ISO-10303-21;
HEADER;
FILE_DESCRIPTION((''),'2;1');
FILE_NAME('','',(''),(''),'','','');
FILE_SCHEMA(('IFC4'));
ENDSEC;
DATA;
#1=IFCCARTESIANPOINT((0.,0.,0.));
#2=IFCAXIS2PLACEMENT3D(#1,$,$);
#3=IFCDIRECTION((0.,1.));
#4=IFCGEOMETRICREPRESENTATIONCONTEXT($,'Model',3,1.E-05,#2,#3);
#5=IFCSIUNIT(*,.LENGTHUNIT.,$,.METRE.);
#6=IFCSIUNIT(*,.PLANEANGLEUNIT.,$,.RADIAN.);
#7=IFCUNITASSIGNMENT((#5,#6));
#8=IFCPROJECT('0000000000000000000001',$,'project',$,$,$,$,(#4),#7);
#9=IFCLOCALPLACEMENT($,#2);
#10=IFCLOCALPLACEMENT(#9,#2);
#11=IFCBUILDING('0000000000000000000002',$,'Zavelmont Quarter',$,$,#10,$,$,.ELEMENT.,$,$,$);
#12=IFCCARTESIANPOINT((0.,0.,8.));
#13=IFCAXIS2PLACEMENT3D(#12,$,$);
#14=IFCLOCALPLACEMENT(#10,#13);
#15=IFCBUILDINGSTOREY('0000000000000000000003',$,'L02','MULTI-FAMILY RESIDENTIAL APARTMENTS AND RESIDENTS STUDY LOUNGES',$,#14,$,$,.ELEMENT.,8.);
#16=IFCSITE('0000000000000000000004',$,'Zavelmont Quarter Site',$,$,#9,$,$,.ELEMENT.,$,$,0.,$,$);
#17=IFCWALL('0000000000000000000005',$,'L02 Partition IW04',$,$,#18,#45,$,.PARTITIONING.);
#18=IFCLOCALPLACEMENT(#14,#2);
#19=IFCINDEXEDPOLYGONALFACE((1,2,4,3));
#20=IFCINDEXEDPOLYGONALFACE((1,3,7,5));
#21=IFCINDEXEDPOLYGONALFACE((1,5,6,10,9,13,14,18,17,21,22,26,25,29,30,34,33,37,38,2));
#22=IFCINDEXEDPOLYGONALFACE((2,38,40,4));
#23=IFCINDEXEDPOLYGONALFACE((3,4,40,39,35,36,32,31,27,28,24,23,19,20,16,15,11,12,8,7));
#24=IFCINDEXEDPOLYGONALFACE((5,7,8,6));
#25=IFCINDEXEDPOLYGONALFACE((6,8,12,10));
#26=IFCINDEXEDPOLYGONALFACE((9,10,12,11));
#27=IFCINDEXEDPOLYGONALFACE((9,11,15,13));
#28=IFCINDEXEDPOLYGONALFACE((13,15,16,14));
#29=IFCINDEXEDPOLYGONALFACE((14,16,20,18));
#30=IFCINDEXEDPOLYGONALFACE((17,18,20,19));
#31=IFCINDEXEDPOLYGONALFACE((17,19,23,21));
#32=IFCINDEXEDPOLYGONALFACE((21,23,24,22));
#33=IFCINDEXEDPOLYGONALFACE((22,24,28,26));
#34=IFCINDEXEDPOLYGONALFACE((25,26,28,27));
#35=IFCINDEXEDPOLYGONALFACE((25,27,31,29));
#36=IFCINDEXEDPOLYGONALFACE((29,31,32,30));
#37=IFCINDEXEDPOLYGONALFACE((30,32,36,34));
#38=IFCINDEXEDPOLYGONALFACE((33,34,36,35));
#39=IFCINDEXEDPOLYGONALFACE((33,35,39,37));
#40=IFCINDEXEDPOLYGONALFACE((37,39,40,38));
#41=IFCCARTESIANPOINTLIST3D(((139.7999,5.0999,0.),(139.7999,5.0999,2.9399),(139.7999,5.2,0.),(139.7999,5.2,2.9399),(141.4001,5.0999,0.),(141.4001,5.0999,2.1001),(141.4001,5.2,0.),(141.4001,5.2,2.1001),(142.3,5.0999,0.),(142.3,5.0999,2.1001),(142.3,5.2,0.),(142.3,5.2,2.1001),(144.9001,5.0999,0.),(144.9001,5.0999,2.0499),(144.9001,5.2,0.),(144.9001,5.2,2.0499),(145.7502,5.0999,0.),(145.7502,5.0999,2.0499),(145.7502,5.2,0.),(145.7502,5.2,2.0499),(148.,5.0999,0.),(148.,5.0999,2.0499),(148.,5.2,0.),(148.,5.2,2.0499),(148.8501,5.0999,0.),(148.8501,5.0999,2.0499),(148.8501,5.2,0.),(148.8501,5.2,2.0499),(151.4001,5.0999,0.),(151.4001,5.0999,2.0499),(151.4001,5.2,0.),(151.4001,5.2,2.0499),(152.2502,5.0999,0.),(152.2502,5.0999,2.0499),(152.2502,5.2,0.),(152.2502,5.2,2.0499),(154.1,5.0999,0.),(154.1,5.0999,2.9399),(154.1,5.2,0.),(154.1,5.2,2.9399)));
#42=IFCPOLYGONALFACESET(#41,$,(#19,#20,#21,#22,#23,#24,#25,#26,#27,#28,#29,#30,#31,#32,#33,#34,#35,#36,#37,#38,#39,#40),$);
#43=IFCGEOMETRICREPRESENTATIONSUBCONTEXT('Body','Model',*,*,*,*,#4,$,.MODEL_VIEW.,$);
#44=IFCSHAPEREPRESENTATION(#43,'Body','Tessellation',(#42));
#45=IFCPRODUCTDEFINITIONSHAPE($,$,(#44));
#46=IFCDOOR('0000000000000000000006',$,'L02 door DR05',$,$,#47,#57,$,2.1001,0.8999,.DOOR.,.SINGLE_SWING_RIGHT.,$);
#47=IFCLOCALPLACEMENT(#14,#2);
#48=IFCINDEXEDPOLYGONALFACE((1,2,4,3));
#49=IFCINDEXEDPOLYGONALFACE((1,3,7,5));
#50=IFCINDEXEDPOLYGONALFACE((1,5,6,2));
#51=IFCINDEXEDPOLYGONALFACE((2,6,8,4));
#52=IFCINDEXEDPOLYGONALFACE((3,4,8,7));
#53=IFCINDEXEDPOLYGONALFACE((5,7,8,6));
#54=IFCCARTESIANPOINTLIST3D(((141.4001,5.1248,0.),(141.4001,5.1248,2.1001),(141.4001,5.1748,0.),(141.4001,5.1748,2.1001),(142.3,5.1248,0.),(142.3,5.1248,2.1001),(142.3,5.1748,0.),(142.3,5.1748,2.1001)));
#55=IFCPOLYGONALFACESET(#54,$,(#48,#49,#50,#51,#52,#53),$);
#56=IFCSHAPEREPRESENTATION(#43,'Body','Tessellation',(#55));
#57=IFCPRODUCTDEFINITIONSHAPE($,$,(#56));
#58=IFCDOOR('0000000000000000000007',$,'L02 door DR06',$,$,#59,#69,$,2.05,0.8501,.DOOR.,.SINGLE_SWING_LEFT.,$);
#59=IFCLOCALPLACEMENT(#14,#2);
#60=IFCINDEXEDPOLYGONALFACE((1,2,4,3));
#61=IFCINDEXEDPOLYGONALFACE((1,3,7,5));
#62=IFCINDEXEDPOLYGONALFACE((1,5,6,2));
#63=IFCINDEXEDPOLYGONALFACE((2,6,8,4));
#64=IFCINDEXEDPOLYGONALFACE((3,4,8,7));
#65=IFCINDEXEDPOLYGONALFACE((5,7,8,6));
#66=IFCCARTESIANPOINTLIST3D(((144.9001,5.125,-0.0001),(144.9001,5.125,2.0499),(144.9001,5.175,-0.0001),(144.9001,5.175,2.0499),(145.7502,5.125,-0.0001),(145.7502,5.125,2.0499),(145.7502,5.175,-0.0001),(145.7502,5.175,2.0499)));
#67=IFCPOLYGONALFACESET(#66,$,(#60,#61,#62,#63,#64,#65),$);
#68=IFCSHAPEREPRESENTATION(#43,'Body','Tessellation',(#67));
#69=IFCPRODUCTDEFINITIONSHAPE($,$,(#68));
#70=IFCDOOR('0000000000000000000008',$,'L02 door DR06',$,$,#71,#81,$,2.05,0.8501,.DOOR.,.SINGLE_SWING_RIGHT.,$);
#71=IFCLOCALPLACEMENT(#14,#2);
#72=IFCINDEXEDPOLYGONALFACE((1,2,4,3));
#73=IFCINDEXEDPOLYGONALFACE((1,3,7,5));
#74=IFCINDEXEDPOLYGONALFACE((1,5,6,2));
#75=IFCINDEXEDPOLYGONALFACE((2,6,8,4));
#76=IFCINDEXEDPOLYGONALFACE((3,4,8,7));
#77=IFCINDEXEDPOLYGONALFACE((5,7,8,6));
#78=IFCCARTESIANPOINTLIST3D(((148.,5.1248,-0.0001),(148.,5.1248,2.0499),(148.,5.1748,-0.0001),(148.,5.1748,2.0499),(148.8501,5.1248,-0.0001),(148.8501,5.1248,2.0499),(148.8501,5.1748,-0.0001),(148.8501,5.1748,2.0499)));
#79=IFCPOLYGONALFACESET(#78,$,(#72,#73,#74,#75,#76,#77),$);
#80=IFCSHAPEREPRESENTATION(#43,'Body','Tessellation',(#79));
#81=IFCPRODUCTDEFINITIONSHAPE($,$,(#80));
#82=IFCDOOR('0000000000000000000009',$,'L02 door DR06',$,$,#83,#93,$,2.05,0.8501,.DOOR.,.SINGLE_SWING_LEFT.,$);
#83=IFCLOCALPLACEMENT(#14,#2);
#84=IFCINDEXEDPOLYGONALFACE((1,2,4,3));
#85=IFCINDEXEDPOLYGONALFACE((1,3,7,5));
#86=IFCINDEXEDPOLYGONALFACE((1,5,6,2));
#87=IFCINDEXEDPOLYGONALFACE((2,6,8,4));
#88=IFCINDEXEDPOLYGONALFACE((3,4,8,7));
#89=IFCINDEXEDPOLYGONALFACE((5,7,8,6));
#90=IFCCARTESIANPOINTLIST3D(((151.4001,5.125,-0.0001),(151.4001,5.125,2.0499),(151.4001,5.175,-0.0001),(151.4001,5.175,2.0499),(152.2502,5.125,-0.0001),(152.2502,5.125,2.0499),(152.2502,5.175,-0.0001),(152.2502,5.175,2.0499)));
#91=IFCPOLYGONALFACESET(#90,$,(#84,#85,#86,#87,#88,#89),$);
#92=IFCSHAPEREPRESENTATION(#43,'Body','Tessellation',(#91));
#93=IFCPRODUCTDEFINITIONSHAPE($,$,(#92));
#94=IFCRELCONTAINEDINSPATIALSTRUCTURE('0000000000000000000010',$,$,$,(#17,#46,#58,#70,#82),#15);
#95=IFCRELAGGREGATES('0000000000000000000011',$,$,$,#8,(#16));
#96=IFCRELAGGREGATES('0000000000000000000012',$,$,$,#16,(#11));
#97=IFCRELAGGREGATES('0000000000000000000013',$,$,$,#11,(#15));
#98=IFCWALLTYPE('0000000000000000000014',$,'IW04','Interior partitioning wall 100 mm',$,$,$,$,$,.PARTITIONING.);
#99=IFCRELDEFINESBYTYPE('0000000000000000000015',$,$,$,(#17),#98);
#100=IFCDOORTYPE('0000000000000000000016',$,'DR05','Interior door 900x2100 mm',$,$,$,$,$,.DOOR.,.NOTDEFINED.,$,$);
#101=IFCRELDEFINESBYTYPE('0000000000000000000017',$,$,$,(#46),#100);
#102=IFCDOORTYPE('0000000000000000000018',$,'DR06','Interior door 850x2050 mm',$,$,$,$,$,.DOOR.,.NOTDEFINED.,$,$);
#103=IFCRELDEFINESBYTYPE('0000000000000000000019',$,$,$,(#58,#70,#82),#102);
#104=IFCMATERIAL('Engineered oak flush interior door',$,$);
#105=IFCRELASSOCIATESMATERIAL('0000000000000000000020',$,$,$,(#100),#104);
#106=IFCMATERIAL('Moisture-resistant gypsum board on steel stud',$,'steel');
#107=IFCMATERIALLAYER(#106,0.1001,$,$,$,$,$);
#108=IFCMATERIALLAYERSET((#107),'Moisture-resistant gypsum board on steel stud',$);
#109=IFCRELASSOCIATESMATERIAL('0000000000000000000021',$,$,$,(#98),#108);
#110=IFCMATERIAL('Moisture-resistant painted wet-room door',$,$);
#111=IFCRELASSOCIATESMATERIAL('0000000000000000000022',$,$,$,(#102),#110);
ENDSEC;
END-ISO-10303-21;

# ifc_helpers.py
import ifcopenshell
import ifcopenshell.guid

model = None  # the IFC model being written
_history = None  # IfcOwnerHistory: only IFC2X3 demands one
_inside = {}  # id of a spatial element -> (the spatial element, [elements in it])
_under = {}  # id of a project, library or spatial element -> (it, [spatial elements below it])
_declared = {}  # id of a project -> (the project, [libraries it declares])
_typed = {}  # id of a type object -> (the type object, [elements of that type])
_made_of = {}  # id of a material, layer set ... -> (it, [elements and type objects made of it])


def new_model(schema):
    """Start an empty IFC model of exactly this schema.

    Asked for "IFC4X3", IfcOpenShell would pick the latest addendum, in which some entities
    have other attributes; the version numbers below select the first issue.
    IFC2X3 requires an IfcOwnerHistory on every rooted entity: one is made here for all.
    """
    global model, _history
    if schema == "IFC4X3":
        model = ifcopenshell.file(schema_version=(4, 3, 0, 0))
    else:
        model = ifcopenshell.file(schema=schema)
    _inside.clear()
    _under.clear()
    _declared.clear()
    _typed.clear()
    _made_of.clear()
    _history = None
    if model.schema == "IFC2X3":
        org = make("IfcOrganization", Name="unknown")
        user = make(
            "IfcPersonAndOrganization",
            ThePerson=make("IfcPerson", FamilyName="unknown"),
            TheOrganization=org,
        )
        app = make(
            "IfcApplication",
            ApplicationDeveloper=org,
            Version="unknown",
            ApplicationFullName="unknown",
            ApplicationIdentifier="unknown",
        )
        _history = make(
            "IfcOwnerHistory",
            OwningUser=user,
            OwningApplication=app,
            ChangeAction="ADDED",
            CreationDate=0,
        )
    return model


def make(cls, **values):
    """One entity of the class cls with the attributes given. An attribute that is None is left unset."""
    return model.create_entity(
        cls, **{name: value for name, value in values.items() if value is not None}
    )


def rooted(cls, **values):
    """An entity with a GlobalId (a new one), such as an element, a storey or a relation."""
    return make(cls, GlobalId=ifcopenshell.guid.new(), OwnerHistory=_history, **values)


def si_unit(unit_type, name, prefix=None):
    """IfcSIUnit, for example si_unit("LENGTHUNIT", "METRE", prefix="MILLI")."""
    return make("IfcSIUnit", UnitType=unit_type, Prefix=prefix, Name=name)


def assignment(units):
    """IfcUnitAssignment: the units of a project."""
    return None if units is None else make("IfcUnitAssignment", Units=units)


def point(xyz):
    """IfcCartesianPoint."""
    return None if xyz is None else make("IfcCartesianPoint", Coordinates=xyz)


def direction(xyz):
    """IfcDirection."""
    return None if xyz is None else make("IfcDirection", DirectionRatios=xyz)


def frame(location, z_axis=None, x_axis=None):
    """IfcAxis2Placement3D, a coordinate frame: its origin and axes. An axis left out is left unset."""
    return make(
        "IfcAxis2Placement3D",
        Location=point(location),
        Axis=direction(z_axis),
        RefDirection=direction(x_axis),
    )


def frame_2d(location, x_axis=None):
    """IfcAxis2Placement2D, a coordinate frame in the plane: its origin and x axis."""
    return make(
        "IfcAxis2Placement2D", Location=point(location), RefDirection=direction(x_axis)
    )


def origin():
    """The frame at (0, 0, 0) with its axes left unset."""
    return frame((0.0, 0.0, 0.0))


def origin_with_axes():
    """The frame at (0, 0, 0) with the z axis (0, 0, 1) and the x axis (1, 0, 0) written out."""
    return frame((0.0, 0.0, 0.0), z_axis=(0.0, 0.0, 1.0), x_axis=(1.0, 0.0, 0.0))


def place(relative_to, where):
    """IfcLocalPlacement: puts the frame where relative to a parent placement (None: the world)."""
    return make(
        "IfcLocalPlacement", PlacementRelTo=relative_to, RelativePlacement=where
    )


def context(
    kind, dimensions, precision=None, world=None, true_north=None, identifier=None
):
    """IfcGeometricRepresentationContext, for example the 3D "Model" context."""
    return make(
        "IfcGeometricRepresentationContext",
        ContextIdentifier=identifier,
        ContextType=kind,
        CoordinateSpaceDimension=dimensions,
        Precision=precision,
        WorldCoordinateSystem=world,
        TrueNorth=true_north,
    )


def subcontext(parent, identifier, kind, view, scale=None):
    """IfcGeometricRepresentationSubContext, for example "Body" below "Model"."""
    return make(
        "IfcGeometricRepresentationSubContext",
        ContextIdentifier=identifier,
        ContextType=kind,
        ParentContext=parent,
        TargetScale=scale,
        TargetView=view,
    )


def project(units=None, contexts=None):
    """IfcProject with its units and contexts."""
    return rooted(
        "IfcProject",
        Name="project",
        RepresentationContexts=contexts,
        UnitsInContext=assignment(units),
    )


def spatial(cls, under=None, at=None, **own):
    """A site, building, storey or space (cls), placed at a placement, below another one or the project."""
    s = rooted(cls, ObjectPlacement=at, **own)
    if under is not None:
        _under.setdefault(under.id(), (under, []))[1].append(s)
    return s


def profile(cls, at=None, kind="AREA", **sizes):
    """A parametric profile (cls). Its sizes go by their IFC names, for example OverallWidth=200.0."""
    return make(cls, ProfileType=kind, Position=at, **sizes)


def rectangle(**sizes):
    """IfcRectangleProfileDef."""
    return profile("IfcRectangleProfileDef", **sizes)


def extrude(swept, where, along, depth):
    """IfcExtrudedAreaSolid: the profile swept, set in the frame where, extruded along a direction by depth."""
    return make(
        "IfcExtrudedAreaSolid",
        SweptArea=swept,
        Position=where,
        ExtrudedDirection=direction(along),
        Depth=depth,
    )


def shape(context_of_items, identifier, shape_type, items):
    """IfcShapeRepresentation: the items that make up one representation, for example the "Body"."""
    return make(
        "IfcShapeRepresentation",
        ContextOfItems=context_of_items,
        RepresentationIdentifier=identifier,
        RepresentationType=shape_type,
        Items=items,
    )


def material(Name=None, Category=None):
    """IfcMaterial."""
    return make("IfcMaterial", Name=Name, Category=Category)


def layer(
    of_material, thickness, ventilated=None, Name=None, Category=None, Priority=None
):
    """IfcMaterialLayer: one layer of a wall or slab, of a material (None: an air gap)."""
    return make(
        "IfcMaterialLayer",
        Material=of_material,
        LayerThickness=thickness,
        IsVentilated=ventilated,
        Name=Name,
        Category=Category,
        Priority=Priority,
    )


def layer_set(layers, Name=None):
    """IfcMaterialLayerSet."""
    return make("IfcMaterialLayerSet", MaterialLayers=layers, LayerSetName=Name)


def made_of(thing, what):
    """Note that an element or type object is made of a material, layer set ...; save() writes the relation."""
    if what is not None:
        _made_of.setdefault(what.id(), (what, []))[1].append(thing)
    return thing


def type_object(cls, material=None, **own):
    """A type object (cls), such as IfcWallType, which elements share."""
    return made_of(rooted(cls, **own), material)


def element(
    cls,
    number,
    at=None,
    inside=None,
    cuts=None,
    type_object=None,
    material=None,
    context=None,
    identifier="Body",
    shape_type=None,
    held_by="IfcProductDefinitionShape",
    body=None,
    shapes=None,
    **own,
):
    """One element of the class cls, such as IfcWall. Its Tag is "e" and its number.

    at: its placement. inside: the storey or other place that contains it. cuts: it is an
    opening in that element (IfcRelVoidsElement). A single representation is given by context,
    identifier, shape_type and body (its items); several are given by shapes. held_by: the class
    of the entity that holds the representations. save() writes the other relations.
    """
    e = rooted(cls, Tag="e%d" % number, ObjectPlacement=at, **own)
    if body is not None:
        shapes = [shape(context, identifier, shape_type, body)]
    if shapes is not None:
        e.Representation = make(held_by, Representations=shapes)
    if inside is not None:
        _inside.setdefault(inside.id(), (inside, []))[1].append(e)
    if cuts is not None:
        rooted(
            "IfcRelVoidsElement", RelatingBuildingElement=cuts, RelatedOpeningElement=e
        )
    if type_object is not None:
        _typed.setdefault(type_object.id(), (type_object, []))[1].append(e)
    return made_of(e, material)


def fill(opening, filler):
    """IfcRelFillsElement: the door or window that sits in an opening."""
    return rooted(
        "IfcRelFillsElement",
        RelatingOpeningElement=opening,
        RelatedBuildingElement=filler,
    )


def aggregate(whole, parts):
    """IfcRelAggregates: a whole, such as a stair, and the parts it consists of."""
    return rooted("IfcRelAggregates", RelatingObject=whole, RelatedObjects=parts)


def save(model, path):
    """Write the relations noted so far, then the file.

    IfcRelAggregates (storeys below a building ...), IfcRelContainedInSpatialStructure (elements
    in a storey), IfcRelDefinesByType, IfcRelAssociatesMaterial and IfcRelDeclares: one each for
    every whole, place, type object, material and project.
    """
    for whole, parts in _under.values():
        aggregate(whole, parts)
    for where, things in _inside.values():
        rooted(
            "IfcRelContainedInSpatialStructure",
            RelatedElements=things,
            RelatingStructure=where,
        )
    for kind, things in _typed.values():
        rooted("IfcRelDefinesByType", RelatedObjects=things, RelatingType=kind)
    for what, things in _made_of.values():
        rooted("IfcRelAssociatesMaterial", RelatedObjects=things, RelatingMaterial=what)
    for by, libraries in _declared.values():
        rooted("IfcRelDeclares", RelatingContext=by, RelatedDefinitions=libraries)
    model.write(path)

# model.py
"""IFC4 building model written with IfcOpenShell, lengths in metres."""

from ifc_helpers import new_model, si_unit, direction, frame, frame_2d, origin, origin_with_axes, place, context, subcontext, project, spatial, rectangle, extrude, material, layer, layer_set, type_object, element, fill, save


model = new_model("IFC4")

# Units and contexts
model_context = context("Model", 3, precision=1e-05, world=origin(), true_north=direction((0.0, 1.0)))
body_context = subcontext(model_context, "Body", "Model", "MODEL_VIEW")
ifc_project = project(units=[si_unit("LENGTHUNIT", "METRE"), si_unit("PLANEANGLEUNIT", "RADIAN")], contexts=[model_context])

# Site, building, storey
site_placement = place(None, origin())
site = spatial("IfcSite", under=ifc_project, at=site_placement, Name="Zavelmont Quarter Site", CompositionType="ELEMENT", RefElevation=0.0)
building_placement = place(site_placement, origin())
building = spatial("IfcBuilding", under=site, at=building_placement, Name="Zavelmont Quarter", CompositionType="ELEMENT")
storey_placement = place(building_placement, frame((0.0, 0.0, 8.0)))
storey = spatial("IfcBuildingStorey", under=building, at=storey_placement, Name="L02", Description="MULTI-FAMILY RESIDENTIAL APARTMENTS AND RESIDENTS STUDY LOUNGES", CompositionType="ELEMENT", Elevation=8.0)

# Shared definitions
ifc_material_1 = material(Name="Engineered oak flush interior door")
door_type_1 = type_object("IfcDoorType", Name="DR05", Description="Interior door 900x2100 mm", OperationType="NOTDEFINED", PredefinedType="DOOR", material=ifc_material_1)

# Wall, openings, doors
ifc_material_2 = material(Name="Moisture-resistant gypsum board on steel stud", Category="steel")
ifc_layer_1 = layer(ifc_material_2, 0.1001)
ifc_layer_set_1 = layer_set([ifc_layer_1], Name="Moisture-resistant gypsum board on steel stud")
wall_type_1 = type_object("IfcWallType", Name="IW04", Description="Interior partitioning wall 100 mm", PredefinedType="PARTITIONING", material=ifc_layer_set_1)
wall_1_placement = place(storey_placement, frame((139.8, 5.1499, 0.0), z_axis=(0.0, 0.0, 1.0), x_axis=(1.0, 0.0, 0.0)))
wall_1 = element("IfcWall", 1, at=wall_1_placement, inside=storey, type_object=wall_type_1, Name="L02 Partition IW04", PredefinedType="PARTITIONING", context=body_context, shape_type="SweptSolid", body=[
    extrude(rectangle(XDim=14.3, YDim=0.1001, at=frame_2d((7.1499, 0.0))), origin(), (0.0, 0.0, 1.0), 2.9399),
])
opening_1_placement = place(wall_1_placement, frame((1.6001, 0.0, 0.0)))
opening_1 = element("IfcOpeningElement", 2, at=opening_1_placement, cuts=wall_1, PredefinedType="OPENING", context=body_context, shape_type="SweptSolid", body=[
    extrude(rectangle(XDim=0.8999, YDim=2.1001, at=frame_2d((0.45, 1.05))), frame((0.0, 0.062, 0.0), z_axis=(0.0, -1.0, 0.0), x_axis=(1.0, 0.0, 0.0)), (0.0, 0.0, 1.0), 0.124),
])
opening_2_placement = place(wall_1_placement, frame((5.1001, 0.0, 0.0)))
opening_2 = element("IfcOpeningElement", 3, at=opening_2_placement, cuts=wall_1, PredefinedType="OPENING", context=body_context, shape_type="SweptSolid", body=[
    extrude(rectangle(XDim=0.8501, YDim=2.05, at=frame_2d((0.425, 1.0249))), frame((0.0, 0.062, 0.0), z_axis=(0.0, -1.0, 0.0), x_axis=(1.0, 0.0, 0.0)), (0.0, 0.0, 1.0), 0.124),
])
opening_3_placement = place(wall_1_placement, frame((8.2, 0.0, 0.0)))
opening_3 = element("IfcOpeningElement", 4, at=opening_3_placement, cuts=wall_1, PredefinedType="OPENING", context=body_context, shape_type="SweptSolid", body=[
    extrude(rectangle(XDim=0.8501, YDim=2.05, at=frame_2d((0.425, 1.0249))), frame((0.0, 0.062, 0.0), z_axis=(0.0, -1.0, 0.0), x_axis=(1.0, 0.0, 0.0)), (0.0, 0.0, 1.0), 0.124),
])
opening_4_placement = place(wall_1_placement, frame((11.6001, 0.0, 0.0)))
opening_4 = element("IfcOpeningElement", 5, at=opening_4_placement, cuts=wall_1, PredefinedType="OPENING", context=body_context, shape_type="SweptSolid", body=[
    extrude(rectangle(XDim=0.8501, YDim=2.05, at=frame_2d((0.425, 1.0249))), frame((0.0, 0.062, 0.0), z_axis=(0.0, -1.0, 0.0), x_axis=(1.0, 0.0, 0.0)), (0.0, 0.0, 1.0), 0.124),
])
door_1_placement = place(opening_1_placement, origin_with_axes())
door_1 = element("IfcDoor", 6, at=door_1_placement, inside=storey, type_object=door_type_1, Name="L02 door DR05", OperationType="SINGLE_SWING_RIGHT", OverallHeight=2.1001, OverallWidth=0.8999, PredefinedType="DOOR", context=body_context, shape_type="SweptSolid", body=[
    extrude(rectangle(XDim=0.8999, YDim=2.1001, at=frame_2d((0.45, 1.05))), frame((0.0, 0.0249, 0.0), z_axis=(0.0, -1.0, 0.0), x_axis=(1.0, 0.0, 0.0)), (0.0, 0.0, 1.0), 0.05),
])
fill(opening_1, door_1)
ifc_material_3 = material(Name="Moisture-resistant painted wet-room door")
door_type_2 = type_object("IfcDoorType", Name="DR06", Description="Interior door 850x2050 mm", OperationType="NOTDEFINED", PredefinedType="DOOR", material=ifc_material_3)
door_2_placement = place(opening_2_placement, frame((0.8501, 0.0, 0.0), z_axis=(0.0, 0.0, 1.0), x_axis=(-1.0, 0.0, 0.0)))
door_2 = element("IfcDoor", 7, at=door_2_placement, inside=storey, type_object=door_type_2, Name="L02 door DR06", OperationType="SINGLE_SWING_LEFT", OverallHeight=2.05, OverallWidth=0.8501, PredefinedType="DOOR", context=body_context, shape_type="SweptSolid", body=[
    extrude(rectangle(XDim=0.8501, YDim=2.05, at=frame_2d((0.425, 1.0249))), frame((0.0, 0.0249, 0.0), z_axis=(0.0, -1.0, 0.0), x_axis=(1.0, 0.0, 0.0)), (0.0, 0.0, 1.0), 0.05),
])
fill(opening_2, door_2)
door_3_placement = place(opening_3_placement, origin_with_axes())
door_3 = element("IfcDoor", 8, at=door_3_placement, inside=storey, type_object=door_type_2, Name="L02 door DR06", OperationType="SINGLE_SWING_RIGHT", OverallHeight=2.05, OverallWidth=0.8501, PredefinedType="DOOR", context=body_context, shape_type="SweptSolid", body=[
    extrude(rectangle(XDim=0.8501, YDim=2.05, at=frame_2d((0.425, 1.0249))), frame((0.0, 0.0249, 0.0), z_axis=(0.0, -1.0, 0.0), x_axis=(1.0, 0.0, 0.0)), (0.0, 0.0, 1.0), 0.05),
])
fill(opening_3, door_3)
door_4_placement = place(opening_4_placement, frame((0.8501, 0.0, 0.0), z_axis=(0.0, 0.0, 1.0), x_axis=(-1.0, 0.0, 0.0)))
door_4 = element("IfcDoor", 9, at=door_4_placement, inside=storey, type_object=door_type_2, Name="L02 door DR06", OperationType="SINGLE_SWING_LEFT", OverallHeight=2.05, OverallWidth=0.8501, PredefinedType="DOOR", context=body_context, shape_type="SweptSolid", body=[
    extrude(rectangle(XDim=0.8501, YDim=2.05, at=frame_2d((0.425, 1.0249))), frame((0.0, 0.0249, 0.0), z_axis=(0.0, -1.0, 0.0), x_axis=(1.0, 0.0, 0.0)), (0.0, 0.0, 1.0), 0.05),
])
fill(opening_4, door_4)

save(model, "model.ifc")
